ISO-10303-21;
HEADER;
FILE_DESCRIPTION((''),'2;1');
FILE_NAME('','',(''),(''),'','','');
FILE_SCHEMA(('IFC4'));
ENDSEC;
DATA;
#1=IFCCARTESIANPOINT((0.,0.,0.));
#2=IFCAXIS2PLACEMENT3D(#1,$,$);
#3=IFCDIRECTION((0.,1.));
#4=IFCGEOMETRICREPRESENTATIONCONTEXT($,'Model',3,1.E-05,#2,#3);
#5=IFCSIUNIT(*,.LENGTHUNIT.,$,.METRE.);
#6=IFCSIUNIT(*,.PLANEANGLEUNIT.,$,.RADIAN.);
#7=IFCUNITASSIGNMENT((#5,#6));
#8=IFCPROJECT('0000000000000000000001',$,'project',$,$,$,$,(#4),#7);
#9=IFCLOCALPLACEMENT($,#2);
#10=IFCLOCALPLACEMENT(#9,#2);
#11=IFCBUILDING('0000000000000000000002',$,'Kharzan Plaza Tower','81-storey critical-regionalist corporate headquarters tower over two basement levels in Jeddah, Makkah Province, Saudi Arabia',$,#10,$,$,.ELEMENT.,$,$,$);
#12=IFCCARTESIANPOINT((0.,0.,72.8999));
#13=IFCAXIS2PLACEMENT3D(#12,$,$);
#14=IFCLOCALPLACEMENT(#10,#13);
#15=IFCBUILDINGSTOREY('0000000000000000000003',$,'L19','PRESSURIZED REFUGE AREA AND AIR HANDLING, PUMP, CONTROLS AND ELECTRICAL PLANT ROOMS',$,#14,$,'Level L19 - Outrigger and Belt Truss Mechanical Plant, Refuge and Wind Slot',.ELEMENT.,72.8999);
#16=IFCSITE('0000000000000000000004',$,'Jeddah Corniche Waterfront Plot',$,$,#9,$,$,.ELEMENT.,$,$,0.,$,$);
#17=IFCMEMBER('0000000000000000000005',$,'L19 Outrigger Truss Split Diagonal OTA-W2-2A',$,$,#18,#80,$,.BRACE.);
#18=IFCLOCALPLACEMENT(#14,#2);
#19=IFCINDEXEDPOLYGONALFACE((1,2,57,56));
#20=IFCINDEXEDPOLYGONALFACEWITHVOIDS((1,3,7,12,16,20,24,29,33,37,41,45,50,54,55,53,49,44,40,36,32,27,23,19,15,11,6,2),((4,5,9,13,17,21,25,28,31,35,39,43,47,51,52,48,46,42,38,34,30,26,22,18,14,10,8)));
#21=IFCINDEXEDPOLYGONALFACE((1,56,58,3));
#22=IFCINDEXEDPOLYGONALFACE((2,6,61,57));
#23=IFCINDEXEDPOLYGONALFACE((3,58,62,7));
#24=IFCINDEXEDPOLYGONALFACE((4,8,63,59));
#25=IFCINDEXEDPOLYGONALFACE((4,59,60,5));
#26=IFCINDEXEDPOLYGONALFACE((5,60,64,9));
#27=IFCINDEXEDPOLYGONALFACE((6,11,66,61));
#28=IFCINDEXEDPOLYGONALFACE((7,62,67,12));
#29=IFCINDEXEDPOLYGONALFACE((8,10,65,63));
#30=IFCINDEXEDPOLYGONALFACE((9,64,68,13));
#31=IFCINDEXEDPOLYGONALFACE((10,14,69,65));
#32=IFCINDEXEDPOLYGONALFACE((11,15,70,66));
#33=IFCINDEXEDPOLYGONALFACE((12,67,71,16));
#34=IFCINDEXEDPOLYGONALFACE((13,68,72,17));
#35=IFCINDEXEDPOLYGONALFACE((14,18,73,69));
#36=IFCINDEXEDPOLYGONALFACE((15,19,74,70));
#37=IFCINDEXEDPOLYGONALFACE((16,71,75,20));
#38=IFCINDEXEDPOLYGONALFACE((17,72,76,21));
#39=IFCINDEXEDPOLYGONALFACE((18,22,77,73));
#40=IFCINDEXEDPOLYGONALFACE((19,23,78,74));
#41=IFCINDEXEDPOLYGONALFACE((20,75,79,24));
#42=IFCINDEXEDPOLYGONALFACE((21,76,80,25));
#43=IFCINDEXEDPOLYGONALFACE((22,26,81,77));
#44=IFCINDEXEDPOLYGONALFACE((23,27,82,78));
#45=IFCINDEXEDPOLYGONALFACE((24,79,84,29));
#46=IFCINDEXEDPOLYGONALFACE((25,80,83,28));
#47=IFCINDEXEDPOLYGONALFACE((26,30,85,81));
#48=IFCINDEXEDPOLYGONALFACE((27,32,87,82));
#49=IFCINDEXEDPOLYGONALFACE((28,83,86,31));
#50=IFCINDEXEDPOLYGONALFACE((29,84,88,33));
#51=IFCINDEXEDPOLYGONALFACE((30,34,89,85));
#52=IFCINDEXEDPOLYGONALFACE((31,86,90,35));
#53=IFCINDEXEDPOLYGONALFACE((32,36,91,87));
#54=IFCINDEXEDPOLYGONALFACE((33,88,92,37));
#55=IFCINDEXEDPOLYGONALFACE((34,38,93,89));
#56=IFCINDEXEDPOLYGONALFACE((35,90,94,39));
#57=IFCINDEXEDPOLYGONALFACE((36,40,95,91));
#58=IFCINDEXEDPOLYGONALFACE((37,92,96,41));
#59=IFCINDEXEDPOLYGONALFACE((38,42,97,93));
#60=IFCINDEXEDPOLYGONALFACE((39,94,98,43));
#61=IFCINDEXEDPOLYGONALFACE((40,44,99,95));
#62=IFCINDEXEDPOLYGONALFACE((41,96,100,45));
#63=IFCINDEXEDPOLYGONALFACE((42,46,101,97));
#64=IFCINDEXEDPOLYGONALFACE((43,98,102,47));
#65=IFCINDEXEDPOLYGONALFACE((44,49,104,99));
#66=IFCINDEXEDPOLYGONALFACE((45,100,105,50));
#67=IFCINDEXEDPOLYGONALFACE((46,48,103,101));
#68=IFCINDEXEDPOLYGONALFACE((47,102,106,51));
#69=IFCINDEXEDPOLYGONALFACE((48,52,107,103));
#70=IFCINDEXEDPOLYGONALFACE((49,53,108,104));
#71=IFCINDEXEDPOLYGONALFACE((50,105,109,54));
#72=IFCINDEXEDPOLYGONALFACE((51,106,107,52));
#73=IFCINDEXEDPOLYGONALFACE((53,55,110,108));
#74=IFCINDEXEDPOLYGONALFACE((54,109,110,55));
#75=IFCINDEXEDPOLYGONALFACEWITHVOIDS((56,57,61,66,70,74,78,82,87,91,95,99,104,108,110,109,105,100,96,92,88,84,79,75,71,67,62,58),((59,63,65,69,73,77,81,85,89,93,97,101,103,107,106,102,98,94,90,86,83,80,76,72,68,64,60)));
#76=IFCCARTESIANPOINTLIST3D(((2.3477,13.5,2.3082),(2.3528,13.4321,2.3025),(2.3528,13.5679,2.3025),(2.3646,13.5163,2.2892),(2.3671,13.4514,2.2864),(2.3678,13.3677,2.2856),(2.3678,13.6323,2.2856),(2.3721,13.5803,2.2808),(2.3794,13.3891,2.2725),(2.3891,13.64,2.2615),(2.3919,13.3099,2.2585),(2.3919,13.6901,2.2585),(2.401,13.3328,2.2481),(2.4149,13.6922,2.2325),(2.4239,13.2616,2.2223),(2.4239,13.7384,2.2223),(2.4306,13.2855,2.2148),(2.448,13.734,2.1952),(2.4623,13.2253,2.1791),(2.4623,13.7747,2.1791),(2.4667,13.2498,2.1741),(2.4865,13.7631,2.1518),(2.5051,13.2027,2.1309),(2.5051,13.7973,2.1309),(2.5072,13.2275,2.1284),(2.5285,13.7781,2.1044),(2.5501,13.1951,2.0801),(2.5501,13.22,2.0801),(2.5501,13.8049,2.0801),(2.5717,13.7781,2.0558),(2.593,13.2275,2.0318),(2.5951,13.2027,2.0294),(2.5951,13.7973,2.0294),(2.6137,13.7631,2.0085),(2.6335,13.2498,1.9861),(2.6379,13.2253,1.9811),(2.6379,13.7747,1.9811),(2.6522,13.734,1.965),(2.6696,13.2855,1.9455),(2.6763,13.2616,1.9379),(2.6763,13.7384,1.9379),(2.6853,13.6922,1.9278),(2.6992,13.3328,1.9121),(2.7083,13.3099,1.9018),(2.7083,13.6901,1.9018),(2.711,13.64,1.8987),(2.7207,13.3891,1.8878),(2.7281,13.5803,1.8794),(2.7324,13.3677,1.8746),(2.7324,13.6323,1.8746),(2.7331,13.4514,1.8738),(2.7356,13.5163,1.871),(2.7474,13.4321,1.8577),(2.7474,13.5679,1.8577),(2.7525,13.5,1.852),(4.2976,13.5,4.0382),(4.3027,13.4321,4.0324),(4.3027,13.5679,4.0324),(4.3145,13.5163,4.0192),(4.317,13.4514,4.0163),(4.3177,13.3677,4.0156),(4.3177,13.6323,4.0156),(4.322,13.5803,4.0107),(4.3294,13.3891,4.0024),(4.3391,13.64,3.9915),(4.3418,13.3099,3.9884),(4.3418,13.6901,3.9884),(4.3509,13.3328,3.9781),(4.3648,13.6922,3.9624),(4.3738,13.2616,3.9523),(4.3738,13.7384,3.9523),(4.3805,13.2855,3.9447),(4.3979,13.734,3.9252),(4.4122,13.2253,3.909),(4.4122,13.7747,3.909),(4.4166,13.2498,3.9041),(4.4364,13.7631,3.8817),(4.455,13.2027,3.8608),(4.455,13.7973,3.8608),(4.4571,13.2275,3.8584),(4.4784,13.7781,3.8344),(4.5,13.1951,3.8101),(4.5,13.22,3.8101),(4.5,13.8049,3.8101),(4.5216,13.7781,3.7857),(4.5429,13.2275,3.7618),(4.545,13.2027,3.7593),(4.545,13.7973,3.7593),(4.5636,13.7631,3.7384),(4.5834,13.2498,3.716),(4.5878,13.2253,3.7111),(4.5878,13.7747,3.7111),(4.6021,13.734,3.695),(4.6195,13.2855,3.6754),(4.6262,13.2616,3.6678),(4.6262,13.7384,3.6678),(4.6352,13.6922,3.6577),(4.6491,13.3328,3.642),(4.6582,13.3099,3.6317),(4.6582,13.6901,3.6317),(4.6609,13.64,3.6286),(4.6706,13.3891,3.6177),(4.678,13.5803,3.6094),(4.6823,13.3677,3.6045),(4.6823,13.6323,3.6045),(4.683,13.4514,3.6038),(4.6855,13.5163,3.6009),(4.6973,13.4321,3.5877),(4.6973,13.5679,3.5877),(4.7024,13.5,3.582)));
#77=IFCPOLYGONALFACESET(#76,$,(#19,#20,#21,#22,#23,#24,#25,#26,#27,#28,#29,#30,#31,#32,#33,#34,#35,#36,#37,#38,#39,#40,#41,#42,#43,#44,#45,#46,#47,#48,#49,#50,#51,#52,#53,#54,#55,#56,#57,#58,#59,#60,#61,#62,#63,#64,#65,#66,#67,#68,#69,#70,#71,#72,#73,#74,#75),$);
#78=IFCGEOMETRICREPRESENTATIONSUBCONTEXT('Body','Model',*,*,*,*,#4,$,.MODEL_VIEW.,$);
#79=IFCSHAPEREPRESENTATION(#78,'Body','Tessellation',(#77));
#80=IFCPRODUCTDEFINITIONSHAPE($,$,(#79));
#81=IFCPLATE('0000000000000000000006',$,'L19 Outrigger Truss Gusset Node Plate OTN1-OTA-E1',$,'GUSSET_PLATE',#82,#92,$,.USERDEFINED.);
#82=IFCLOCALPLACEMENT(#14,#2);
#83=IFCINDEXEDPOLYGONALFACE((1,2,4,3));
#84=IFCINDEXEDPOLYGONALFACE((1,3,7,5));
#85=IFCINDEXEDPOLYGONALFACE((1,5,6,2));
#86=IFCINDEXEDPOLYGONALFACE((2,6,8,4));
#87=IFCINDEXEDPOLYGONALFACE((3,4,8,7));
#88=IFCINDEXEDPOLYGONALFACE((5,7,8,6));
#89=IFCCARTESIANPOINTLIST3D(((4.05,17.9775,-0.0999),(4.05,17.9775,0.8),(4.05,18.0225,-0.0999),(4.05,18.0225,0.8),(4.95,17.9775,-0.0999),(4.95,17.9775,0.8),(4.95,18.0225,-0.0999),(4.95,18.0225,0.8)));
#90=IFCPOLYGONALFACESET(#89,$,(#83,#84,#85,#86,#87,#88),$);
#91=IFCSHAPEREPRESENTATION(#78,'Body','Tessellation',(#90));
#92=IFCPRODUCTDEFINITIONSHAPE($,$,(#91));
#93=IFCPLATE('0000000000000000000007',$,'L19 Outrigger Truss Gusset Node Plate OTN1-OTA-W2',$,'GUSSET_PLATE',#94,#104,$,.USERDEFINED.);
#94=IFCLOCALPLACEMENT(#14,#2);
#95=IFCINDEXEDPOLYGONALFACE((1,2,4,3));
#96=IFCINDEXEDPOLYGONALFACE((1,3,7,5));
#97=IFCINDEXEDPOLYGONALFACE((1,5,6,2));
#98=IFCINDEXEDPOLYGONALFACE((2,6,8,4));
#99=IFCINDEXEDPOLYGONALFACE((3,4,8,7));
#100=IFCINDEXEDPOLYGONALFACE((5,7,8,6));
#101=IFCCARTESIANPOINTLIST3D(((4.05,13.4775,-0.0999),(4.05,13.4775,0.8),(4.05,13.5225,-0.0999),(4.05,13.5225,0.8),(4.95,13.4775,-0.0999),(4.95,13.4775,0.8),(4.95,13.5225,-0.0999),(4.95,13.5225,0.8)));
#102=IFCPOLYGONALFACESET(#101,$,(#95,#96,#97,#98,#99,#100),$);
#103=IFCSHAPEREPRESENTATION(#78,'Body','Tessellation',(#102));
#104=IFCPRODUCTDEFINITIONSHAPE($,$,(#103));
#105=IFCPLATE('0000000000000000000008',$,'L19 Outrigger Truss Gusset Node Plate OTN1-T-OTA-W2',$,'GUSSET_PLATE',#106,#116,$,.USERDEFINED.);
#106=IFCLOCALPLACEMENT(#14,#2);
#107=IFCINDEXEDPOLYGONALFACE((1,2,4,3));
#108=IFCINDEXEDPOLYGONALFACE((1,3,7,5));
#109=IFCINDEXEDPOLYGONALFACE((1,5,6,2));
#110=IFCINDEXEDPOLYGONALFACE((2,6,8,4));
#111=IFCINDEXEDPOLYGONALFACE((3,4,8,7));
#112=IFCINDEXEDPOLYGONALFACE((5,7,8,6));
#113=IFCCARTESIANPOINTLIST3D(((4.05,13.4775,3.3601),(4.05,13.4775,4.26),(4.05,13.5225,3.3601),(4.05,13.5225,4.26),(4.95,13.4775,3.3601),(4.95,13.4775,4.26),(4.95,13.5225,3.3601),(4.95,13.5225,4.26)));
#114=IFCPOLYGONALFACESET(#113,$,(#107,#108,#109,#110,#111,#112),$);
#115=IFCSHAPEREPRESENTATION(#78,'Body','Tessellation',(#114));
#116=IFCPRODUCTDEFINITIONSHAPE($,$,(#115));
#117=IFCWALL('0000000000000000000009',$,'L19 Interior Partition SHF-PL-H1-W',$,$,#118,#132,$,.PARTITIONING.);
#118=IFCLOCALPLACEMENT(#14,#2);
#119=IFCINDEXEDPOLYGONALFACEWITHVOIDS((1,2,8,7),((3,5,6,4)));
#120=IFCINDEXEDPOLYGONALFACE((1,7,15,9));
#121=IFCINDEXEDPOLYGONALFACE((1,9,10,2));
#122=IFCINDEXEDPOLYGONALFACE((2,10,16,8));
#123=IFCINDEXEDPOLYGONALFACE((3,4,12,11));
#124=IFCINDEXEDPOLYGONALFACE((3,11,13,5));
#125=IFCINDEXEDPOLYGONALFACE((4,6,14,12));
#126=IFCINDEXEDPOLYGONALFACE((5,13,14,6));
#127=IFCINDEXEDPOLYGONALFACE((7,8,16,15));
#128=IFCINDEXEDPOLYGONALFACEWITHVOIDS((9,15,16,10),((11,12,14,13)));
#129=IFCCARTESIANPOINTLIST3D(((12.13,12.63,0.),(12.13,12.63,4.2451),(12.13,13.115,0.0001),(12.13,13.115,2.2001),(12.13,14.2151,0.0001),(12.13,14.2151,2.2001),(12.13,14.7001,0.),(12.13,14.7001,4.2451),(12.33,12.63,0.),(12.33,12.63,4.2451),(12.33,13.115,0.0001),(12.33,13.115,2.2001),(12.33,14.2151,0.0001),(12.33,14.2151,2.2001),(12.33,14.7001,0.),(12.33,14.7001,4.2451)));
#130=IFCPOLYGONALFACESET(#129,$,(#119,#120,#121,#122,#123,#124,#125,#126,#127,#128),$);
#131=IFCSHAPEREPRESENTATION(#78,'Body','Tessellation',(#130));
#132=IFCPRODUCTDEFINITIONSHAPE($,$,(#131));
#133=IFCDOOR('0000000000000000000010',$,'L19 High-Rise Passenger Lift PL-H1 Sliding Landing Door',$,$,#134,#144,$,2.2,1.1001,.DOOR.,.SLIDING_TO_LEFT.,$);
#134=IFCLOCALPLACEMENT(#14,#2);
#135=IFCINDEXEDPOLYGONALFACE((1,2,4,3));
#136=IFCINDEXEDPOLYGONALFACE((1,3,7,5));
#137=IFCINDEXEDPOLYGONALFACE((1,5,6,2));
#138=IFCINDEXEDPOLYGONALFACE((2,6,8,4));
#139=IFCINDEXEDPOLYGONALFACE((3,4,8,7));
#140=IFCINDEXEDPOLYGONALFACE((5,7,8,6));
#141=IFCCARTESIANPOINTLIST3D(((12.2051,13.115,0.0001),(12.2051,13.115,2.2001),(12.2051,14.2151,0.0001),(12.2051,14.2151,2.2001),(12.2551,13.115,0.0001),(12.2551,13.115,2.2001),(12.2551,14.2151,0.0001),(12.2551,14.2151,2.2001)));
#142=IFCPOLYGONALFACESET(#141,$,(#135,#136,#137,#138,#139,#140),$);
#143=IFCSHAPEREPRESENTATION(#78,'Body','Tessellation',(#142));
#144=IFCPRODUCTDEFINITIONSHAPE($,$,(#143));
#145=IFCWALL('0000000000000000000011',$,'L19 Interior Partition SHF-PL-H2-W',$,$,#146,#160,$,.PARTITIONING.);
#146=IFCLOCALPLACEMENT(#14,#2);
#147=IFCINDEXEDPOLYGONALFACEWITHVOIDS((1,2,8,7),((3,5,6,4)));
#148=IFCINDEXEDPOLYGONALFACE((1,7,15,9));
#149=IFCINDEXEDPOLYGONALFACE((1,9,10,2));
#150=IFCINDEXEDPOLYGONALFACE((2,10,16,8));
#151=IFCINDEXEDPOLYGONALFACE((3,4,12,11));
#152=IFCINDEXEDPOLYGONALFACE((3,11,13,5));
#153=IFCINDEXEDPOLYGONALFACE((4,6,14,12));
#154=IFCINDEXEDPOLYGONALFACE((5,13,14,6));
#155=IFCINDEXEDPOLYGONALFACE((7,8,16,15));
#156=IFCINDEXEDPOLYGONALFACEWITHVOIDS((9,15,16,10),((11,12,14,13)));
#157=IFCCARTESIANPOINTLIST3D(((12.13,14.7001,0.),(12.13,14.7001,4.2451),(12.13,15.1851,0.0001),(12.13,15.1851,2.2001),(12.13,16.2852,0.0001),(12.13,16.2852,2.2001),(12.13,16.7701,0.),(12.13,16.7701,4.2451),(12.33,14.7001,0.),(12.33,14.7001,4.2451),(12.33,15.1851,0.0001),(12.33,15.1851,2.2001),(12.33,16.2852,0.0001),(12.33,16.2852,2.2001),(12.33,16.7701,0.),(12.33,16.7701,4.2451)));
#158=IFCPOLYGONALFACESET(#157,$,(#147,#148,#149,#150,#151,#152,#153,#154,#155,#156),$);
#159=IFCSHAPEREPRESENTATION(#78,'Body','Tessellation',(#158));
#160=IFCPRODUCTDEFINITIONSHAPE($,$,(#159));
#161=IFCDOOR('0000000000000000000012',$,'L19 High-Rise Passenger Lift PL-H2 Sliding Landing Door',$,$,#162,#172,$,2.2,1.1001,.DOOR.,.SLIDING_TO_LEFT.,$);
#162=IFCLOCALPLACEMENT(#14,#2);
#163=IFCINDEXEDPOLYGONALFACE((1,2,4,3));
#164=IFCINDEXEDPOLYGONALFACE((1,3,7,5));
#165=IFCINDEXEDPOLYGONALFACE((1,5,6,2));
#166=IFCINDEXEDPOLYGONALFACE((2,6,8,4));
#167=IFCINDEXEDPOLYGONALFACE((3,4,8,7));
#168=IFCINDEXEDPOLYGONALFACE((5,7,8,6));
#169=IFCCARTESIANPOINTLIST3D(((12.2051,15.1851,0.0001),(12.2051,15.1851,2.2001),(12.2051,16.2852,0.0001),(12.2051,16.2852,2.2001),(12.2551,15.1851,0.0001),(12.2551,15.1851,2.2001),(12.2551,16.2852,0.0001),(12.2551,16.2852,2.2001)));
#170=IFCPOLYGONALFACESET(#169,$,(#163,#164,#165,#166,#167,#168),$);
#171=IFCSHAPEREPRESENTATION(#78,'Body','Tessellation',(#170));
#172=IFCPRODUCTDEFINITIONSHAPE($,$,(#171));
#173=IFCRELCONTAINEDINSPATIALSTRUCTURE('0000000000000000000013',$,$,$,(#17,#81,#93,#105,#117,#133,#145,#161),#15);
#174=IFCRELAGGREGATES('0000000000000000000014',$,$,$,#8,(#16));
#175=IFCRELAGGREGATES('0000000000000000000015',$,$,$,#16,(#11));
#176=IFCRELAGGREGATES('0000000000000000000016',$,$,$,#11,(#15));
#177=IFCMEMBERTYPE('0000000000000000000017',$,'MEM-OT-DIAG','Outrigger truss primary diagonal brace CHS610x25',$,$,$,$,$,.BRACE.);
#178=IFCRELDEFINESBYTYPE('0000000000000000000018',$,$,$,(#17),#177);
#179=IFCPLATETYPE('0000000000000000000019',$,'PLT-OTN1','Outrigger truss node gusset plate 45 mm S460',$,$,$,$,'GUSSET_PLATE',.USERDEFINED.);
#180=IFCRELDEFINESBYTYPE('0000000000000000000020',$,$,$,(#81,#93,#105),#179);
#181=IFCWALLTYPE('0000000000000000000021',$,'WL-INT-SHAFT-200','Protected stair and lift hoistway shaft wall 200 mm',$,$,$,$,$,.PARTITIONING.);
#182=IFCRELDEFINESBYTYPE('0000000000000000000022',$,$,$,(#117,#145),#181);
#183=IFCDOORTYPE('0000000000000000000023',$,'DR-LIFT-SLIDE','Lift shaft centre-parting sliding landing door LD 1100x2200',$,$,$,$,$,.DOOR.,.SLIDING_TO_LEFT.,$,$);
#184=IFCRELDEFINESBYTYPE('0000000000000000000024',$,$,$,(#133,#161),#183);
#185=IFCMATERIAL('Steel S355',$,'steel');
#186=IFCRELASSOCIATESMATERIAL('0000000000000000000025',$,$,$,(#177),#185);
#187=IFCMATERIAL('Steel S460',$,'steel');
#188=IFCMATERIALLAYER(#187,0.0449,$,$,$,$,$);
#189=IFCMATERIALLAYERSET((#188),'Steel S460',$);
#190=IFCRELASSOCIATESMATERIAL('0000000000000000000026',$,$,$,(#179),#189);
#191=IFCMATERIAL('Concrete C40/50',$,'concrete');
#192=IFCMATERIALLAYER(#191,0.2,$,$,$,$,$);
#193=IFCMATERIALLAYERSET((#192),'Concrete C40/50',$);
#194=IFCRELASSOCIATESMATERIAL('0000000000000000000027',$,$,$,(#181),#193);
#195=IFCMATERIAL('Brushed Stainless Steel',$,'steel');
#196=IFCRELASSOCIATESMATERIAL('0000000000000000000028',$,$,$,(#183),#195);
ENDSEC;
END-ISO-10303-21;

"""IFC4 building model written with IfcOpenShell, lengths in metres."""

from ifc_helpers import new_model, si_unit, direction, frame, frame_2d, origin, origin_2d, place, context, subcontext, project, spatial, rectangle, hollow_circle, extrude, source, transform, mapped, material, layer, layer_set, material_profile, profile_set, type_object, element, fill, save


model = new_model("IFC4")

# Units and contexts
model_context = context("Model", 3, precision=1e-05, world=origin(), true_north=direction((0.0, 1.0)))
body_context = subcontext(model_context, "Body", "Model", "MODEL_VIEW")
ifc_project = project(units=[si_unit("LENGTHUNIT", "METRE"), si_unit("PLANEANGLEUNIT", "RADIAN")], contexts=[model_context])

# Site, building, storey
site_placement = place(None, origin())
site = spatial("IfcSite", under=ifc_project, at=site_placement, Name="Jeddah Corniche Waterfront Plot", CompositionType="ELEMENT", RefElevation=0.0)
building_placement = place(site_placement, origin())
building = spatial("IfcBuilding", under=site, at=building_placement, Name="Kharzan Plaza Tower", Description="81-storey critical-regionalist corporate headquarters tower over two basement levels in Jeddah, Makkah Province, Saudi Arabia", CompositionType="ELEMENT")
storey_placement = place(building_placement, frame((0.0, 0.0, 72.8999)))
storey = spatial("IfcBuildingStorey", under=building, at=storey_placement, Name="L19", Description="PRESSURIZED REFUGE AREA AND AIR HANDLING, PUMP, CONTROLS AND ELECTRICAL PLANT ROOMS", LongName="Level L19 - Outrigger and Belt Truss Mechanical Plant, Refuge and Wind Slot", CompositionType="ELEMENT", Elevation=72.8999)

# Shared definitions
ifc_material_1 = material(Name="Steel S355", Category="steel")

# Member
ifc_material_profile_1 = material_profile(ifc_material_1, hollow_circle(Radius=0.3049, WallThickness=0.0249, at=origin_2d()), Name="CHS610x25")
ifc_profile_set_1 = profile_set([ifc_material_profile_1], Name="Steel S355")
member_type_1 = type_object("IfcMemberType", Name="MEM-OT-DIAG", Description="Outrigger truss primary diagonal brace CHS610x25", PredefinedType="BRACE", material=ifc_profile_set_1)
shared_shape_1 = source(origin(), body_context, "Body", "SweptSolid", [
    extrude(hollow_circle(Radius=0.3049, WallThickness=0.0249, at=origin_2d()), origin(), (0.0, 0.0, 1.0), 2.6067),
])
for number, where, z_axis, x_axis, name in (
    (1, (4.5, 13.5, 3.8101), (-0.748039, 0.0, -0.663654), (0.0, -1.0, 0.0), "L19 Outrigger Truss Split Diagonal OTA-W2-2A"),
):
    element("IfcMember", number, at=place(storey_placement, frame(where, z_axis=z_axis, x_axis=x_axis)), inside=storey, type_object=member_type_1, Name=name, PredefinedType="BRACE", context=body_context, shape_type="MappedRepresentation", body=[
        mapped(shared_shape_1, transform((0.0, 0.0, 0.0), x_axis=(1.0, 0.0, 0.0), y_axis=(0.0, 1.0, 0.0), z_axis=(0.0, 0.0, 1.0))),
    ])

# Plates
ifc_material_2 = material(Name="Steel S460", Category="steel")
ifc_layer_1 = layer(ifc_material_2, 0.0449)
ifc_layer_set_1 = layer_set([ifc_layer_1], Name="Steel S460")
plate_type = type_object("IfcPlateType", Name="PLT-OTN1", Description="Outrigger truss node gusset plate 45 mm S460", ElementType="GUSSET_PLATE", PredefinedType="USERDEFINED", material=ifc_layer_set_1)
shared_shape_2 = source(origin(), body_context, "Body", "SweptSolid", [
    extrude(rectangle(XDim=0.8999, YDim=0.0449, at=origin_2d()), origin(), (0.0, 0.0, 1.0), 0.8999),
])
for number, where, z_axis, x_axis, name in (
    (2, (4.5, 18.0, -0.0999), (0.0, 0.0, 1.0), (-1.0, 0.0, 0.0), "L19 Outrigger Truss Gusset Node Plate OTN1-OTA-E1"),
    (3, (4.5, 13.5, -0.0999), (0.0, 0.0, 1.0), (-1.0, 0.0, 0.0), "L19 Outrigger Truss Gusset Node Plate OTN1-OTA-W2"),
    (4, (4.5, 13.5, 3.3601), (0.0, 0.0, 1.0), (-1.0, 0.0, 0.0), "L19 Outrigger Truss Gusset Node Plate OTN1-T-OTA-W2"),
):
    element("IfcPlate", number, at=place(storey_placement, frame(where, z_axis=z_axis, x_axis=x_axis)), inside=storey, type_object=plate_type, Name=name, ObjectType="GUSSET_PLATE", PredefinedType="USERDEFINED", context=body_context, shape_type="MappedRepresentation", body=[
        mapped(shared_shape_2, transform((0.0, 0.0, 0.0), x_axis=(1.0, 0.0, 0.0), y_axis=(0.0, 1.0, 0.0), z_axis=(0.0, 0.0, 1.0))),
    ])

# Walls, openings, doors
ifc_material_3 = material(Name="Concrete C40/50", Category="concrete")
ifc_layer_2 = layer(ifc_material_3, 0.2)
ifc_layer_set_2 = layer_set([ifc_layer_2], Name="Concrete C40/50")
wall_type_1 = type_object("IfcWallType", Name="WL-INT-SHAFT-200", Description="Protected stair and lift hoistway shaft wall 200 mm", PredefinedType="PARTITIONING", material=ifc_layer_set_2)
wall_1_placement = place(storey_placement, frame((12.23, 12.6299, 0.0), z_axis=(0.0, 0.0, 1.0), x_axis=(0.0, 1.0, 0.0)))
wall_1 = element("IfcWall", 5, at=wall_1_placement, inside=storey, type_object=wall_type_1, Name="L19 Interior Partition SHF-PL-H1-W", PredefinedType="PARTITIONING", context=body_context, shape_type="SweptSolid", body=[
    extrude(rectangle(XDim=2.0701, YDim=0.2, at=frame_2d((1.0352, 0.0))), origin(), (0.0, 0.0, 1.0), 4.2451),
])
opening_1_placement = place(wall_1_placement, frame((0.4851, 0.0, 0.0)))
opening_1 = element("IfcOpeningElement", 6, at=opening_1_placement, cuts=wall_1, PredefinedType="OPENING", context=body_context, shape_type="SweptSolid", body=[
    extrude(rectangle(XDim=1.1001, YDim=2.2, at=frame_2d((0.55, 1.1001))), frame((0.0, 0.1099, 0.0), z_axis=(0.0, -1.0, 0.0), x_axis=(1.0, 0.0, 0.0)), (0.0, 0.0, 1.0), 0.22),
])
ifc_material_4 = material(Name="Brushed Stainless Steel", Category="steel")
door_type_1 = type_object("IfcDoorType", Name="DR-LIFT-SLIDE", Description="Lift shaft centre-parting sliding landing door LD 1100x2200", OperationType="SLIDING_TO_LEFT", PredefinedType="DOOR", material=ifc_material_4)
shared_shape_3 = source(origin(), body_context, "Body", "SweptSolid", [
    extrude(rectangle(XDim=1.1001, YDim=2.2, at=frame_2d((0.55, 1.1001))), frame((0.0, 0.0249, 0.0), z_axis=(0.0, -1.0, 0.0), x_axis=(1.0, 0.0, 0.0)), (0.0, 0.0, 1.0), 0.05),
])
door_1_placement = place(opening_1_placement, origin())
door_1 = element("IfcDoor", 7, at=door_1_placement, inside=storey, type_object=door_type_1, Name="L19 High-Rise Passenger Lift PL-H1 Sliding Landing Door", OperationType="SLIDING_TO_LEFT", OverallHeight=2.2, OverallWidth=1.1001, PredefinedType="DOOR", context=body_context, shape_type="MappedRepresentation", body=[
    mapped(shared_shape_3, transform((0.0, 0.0, 0.0), x_axis=(1.0, 0.0, 0.0), y_axis=(0.0, 1.0, 0.0), z_axis=(0.0, 0.0, 1.0))),
])
fill(opening_1, door_1)
wall_2_placement = place(storey_placement, frame((12.23, 14.7, 0.0), z_axis=(0.0, 0.0, 1.0), x_axis=(0.0, 1.0, 0.0)))
wall_2 = element("IfcWall", 8, at=wall_2_placement, inside=storey, type_object=wall_type_1, Name="L19 Interior Partition SHF-PL-H2-W", PredefinedType="PARTITIONING", context=body_context, shape_type="SweptSolid", body=[
    extrude(rectangle(XDim=2.0701, YDim=0.2, at=frame_2d((1.0352, 0.0))), origin(), (0.0, 0.0, 1.0), 4.2451),
])
opening_2_placement = place(wall_2_placement, frame((0.4851, 0.0, 0.0)))
opening_2 = element("IfcOpeningElement", 9, at=opening_2_placement, cuts=wall_2, PredefinedType="OPENING", context=body_context, shape_type="SweptSolid", body=[
    extrude(rectangle(XDim=1.1001, YDim=2.2, at=frame_2d((0.55, 1.1001))), frame((0.0, 0.1099, 0.0), z_axis=(0.0, -1.0, 0.0), x_axis=(1.0, 0.0, 0.0)), (0.0, 0.0, 1.0), 0.22),
])
door_2_placement = place(opening_2_placement, origin())
door_2 = element("IfcDoor", 10, at=door_2_placement, inside=storey, type_object=door_type_1, Name="L19 High-Rise Passenger Lift PL-H2 Sliding Landing Door", OperationType="SLIDING_TO_LEFT", OverallHeight=2.2, OverallWidth=1.1001, PredefinedType="DOOR", context=body_context, shape_type="MappedRepresentation", body=[
    mapped(shared_shape_3, transform((0.0, 0.0, 0.0), x_axis=(1.0, 0.0, 0.0), y_axis=(0.0, 1.0, 0.0), z_axis=(0.0, 0.0, 1.0))),
])
fill(opening_2, door_2)

save(model, "model.ifc")
